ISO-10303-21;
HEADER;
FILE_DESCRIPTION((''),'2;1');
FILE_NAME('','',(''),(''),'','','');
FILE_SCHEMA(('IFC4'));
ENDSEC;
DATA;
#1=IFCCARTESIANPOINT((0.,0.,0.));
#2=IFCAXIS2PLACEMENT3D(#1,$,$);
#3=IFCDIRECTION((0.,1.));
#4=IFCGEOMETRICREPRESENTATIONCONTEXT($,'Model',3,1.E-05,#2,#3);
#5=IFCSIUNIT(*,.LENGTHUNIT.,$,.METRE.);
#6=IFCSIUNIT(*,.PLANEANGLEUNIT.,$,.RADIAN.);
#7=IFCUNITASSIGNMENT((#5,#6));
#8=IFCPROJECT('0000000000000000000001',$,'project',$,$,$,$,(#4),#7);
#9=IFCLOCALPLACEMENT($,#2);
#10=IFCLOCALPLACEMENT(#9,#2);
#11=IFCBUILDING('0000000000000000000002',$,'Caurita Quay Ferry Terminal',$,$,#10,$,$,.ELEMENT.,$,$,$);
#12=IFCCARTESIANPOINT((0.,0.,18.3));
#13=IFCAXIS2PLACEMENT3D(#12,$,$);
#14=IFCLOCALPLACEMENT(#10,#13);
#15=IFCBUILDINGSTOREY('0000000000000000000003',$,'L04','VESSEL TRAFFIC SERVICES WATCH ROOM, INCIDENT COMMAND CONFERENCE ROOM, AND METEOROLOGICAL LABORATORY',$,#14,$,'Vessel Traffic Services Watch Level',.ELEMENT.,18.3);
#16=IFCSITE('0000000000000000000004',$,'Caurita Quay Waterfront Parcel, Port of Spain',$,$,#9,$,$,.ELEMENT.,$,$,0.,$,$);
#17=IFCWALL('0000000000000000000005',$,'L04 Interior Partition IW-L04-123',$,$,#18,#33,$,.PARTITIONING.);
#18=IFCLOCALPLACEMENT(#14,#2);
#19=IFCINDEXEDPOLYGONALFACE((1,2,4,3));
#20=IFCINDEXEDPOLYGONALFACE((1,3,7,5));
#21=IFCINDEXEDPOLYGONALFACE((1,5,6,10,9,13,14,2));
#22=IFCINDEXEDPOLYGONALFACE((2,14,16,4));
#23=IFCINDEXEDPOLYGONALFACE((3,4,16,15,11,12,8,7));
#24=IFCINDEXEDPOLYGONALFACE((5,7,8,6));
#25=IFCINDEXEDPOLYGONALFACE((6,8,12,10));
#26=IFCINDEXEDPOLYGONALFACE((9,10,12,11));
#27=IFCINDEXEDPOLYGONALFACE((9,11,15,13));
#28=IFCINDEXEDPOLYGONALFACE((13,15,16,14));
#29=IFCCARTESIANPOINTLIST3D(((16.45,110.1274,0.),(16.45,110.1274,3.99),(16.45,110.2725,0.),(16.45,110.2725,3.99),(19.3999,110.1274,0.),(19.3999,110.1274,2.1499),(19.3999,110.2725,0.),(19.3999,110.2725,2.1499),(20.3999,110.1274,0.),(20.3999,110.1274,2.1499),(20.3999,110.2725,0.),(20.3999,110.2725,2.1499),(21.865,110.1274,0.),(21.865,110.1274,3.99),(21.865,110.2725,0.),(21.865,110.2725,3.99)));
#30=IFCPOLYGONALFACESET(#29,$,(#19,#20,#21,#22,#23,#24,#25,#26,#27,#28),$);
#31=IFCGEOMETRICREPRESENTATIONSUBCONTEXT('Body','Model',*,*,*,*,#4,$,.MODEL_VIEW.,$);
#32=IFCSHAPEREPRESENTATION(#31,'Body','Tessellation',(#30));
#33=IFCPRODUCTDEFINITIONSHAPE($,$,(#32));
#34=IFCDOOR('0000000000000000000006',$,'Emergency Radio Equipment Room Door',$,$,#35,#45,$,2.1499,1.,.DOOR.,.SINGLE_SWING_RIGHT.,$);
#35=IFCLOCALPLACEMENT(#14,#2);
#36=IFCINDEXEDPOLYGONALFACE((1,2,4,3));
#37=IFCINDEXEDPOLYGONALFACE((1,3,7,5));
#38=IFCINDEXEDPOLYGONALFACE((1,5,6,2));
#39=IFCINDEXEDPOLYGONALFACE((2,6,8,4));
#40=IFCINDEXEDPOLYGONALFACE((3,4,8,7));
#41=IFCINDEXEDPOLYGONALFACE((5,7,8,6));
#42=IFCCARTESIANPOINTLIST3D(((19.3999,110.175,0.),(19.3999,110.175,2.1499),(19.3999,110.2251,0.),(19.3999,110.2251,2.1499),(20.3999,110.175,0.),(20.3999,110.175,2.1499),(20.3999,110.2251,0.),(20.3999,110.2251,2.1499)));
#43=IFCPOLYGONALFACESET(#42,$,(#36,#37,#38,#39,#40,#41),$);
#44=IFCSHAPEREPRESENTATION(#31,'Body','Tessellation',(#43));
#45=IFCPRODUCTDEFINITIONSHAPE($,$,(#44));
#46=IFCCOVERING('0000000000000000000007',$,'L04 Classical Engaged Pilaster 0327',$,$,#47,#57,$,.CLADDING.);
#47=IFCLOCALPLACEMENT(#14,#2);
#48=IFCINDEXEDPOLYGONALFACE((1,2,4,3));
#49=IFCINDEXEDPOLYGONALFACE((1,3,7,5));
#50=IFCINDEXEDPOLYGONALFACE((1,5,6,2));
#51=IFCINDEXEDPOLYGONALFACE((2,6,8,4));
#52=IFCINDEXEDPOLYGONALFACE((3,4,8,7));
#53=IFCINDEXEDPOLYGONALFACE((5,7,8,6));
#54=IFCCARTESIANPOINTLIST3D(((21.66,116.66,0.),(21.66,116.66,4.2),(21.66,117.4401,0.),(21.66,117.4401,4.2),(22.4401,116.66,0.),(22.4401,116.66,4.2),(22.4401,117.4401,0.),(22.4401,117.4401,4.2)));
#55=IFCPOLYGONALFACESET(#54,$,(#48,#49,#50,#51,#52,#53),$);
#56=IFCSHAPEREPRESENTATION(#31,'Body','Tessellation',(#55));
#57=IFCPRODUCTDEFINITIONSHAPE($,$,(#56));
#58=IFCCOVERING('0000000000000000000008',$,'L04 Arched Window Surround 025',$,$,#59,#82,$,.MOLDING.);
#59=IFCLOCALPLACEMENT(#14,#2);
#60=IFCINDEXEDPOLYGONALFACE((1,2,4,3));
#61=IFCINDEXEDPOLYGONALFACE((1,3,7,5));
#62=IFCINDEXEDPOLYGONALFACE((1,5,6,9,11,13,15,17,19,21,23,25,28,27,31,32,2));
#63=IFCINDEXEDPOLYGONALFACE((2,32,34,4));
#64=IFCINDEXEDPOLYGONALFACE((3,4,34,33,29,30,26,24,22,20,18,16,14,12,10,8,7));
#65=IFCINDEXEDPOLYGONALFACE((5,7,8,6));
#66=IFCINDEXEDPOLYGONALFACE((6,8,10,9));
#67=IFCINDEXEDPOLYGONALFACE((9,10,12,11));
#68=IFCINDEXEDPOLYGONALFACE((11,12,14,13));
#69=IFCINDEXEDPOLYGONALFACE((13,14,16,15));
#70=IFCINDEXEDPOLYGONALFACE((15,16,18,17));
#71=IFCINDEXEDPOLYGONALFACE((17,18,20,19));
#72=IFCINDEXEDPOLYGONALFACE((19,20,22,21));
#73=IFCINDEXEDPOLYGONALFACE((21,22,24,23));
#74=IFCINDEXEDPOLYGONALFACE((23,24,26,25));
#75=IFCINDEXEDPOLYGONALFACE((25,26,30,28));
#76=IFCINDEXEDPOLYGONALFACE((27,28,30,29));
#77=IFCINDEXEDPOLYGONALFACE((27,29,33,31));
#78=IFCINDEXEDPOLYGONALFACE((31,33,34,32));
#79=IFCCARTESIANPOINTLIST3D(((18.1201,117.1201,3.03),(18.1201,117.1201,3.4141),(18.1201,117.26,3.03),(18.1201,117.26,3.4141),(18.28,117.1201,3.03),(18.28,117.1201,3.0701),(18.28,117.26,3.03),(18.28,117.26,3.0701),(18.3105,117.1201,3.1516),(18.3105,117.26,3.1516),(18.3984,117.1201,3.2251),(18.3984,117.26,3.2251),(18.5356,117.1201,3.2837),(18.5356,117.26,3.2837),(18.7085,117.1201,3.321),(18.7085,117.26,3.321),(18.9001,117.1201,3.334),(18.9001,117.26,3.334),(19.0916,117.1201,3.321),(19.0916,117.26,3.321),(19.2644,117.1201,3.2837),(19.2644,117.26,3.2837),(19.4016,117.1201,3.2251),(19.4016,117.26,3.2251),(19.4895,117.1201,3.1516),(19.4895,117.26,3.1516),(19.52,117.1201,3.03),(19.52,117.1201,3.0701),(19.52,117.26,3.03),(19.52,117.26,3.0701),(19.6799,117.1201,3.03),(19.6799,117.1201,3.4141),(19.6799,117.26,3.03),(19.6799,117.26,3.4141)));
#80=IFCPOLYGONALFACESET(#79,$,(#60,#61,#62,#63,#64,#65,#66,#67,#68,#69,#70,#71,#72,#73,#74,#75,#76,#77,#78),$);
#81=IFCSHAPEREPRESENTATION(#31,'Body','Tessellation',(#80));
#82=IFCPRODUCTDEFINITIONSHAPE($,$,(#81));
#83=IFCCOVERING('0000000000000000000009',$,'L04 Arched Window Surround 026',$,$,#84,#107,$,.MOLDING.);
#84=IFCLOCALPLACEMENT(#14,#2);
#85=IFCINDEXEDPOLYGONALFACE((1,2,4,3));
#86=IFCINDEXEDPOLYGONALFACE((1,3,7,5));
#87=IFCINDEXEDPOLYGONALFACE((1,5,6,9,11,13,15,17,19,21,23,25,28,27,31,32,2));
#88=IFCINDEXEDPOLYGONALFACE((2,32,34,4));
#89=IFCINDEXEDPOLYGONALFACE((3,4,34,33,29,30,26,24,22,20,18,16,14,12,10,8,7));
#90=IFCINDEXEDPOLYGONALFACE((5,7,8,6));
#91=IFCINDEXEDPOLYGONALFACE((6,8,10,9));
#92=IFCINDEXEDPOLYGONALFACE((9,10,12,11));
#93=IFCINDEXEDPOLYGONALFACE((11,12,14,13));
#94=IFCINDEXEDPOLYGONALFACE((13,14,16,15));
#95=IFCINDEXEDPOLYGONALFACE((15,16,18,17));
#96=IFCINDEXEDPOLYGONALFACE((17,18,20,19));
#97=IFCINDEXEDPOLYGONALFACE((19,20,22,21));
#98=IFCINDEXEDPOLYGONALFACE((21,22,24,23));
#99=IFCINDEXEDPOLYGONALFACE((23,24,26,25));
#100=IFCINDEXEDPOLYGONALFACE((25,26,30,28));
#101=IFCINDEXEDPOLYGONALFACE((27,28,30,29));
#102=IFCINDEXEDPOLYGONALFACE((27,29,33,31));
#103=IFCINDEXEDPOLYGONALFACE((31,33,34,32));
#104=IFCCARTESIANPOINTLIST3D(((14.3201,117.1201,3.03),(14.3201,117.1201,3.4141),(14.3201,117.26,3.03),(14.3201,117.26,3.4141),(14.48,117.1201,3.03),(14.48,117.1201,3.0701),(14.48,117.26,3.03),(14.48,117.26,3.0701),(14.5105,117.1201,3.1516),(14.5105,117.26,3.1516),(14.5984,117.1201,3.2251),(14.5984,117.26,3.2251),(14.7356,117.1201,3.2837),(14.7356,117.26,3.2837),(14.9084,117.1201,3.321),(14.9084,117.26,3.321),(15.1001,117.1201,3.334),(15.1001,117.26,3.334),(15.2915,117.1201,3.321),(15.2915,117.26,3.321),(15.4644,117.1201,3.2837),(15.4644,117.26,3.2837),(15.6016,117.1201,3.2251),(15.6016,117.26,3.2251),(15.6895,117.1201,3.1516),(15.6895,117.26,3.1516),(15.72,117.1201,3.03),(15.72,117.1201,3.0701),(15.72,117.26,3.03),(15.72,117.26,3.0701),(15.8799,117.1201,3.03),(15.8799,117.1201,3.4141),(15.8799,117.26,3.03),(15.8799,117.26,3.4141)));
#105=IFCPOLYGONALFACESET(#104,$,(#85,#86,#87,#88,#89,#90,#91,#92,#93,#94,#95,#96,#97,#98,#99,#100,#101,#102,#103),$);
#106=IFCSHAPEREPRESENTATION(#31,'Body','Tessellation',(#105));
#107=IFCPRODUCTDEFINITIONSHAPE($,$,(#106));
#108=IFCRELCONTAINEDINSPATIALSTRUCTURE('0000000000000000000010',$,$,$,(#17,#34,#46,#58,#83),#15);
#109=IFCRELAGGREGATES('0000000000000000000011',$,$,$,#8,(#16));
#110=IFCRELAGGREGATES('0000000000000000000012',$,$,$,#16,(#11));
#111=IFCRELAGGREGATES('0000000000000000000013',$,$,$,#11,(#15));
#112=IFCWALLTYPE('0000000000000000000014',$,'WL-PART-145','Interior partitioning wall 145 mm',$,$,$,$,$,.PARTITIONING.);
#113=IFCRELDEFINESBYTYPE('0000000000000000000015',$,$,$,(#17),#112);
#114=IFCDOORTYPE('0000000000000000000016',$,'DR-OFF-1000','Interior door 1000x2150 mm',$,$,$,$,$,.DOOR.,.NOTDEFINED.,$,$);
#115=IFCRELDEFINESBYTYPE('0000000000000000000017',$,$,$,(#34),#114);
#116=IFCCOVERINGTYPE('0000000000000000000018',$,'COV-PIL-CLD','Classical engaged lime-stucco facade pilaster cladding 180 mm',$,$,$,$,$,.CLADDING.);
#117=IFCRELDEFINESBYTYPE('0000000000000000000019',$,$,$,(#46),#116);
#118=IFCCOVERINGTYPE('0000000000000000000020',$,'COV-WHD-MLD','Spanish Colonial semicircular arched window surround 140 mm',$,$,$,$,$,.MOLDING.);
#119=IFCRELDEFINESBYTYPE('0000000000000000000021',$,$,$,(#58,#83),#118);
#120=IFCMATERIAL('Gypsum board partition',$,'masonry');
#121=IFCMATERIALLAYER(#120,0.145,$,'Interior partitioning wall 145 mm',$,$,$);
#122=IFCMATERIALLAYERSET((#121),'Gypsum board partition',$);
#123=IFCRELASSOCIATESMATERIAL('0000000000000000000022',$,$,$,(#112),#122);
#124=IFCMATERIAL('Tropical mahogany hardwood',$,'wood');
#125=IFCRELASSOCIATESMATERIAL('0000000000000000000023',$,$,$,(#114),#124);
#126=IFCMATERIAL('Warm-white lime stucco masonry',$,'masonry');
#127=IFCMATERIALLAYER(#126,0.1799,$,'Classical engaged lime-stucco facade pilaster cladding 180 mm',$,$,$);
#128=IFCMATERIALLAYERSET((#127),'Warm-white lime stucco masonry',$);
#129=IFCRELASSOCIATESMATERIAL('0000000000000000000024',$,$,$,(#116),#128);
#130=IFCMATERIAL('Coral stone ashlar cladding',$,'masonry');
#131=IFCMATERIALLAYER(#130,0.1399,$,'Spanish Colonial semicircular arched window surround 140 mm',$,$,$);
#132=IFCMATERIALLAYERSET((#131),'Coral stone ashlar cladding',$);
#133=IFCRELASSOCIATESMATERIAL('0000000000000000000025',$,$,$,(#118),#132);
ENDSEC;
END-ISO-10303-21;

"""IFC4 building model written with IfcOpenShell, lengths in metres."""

from ifc_helpers import new_model, si_unit, direction, frame, frame_2d, origin, origin_2d, place, context, subcontext, project, spatial, polyline, rectangle, outline, extrude, material, layer, layer_set, type_object, element, fill, save


model = new_model("IFC4")

# Units and contexts
model_context = context("Model", 3, precision=1e-05, world=origin(), true_north=direction((0.0, 1.0)))
body_context = subcontext(model_context, "Body", "Model", "MODEL_VIEW")
ifc_project = project(units=[si_unit("LENGTHUNIT", "METRE"), si_unit("PLANEANGLEUNIT", "RADIAN")], contexts=[model_context])

# Site, building, storey
site_placement = place(None, origin())
site = spatial("IfcSite", under=ifc_project, at=site_placement, Name="Caurita Quay Waterfront Parcel, Port of Spain", CompositionType="ELEMENT", RefElevation=0.0)
building_placement = place(site_placement, origin())
building = spatial("IfcBuilding", under=site, at=building_placement, Name="Caurita Quay Ferry Terminal", CompositionType="ELEMENT")
storey_placement = place(building_placement, frame((0.0, 0.0, 18.3)))
storey = spatial("IfcBuildingStorey", under=building, at=storey_placement, Name="L04", Description="VESSEL TRAFFIC SERVICES WATCH ROOM, INCIDENT COMMAND CONFERENCE ROOM, AND METEOROLOGICAL LABORATORY", LongName="Vessel Traffic Services Watch Level", CompositionType="ELEMENT", Elevation=18.3)

# Shared definitions
ifc_material_1 = material(Name="Warm-white lime stucco masonry", Category="masonry")

# Wall, opening, door
ifc_material_2 = material(Name="Gypsum board partition", Category="masonry")
ifc_layer_1 = layer(ifc_material_2, 0.145, Name="Interior partitioning wall 145 mm")
ifc_layer_set_1 = layer_set([ifc_layer_1], Name="Gypsum board partition")
wall_type_1 = type_object("IfcWallType", Name="WL-PART-145", Description="Interior partitioning wall 145 mm", PredefinedType="PARTITIONING", material=ifc_layer_set_1)
wall_1_placement = place(storey_placement, frame((16.45, 110.2, 0.0), z_axis=(0.0, 0.0, 1.0), x_axis=(1.0, 0.0, 0.0)))
wall_1 = element("IfcWall", 1, at=wall_1_placement, inside=storey, type_object=wall_type_1, Name="L04 Interior Partition IW-L04-123", PredefinedType="PARTITIONING", context=body_context, shape_type="SweptSolid", body=[
    extrude(rectangle(XDim=5.415, YDim=0.145, at=frame_2d((2.7075, 0.0))), origin(), (0.0, 0.0, 1.0), 3.99),
])
opening_1_placement = place(wall_1_placement, frame((2.95, 0.0, 0.0)))
opening_1 = element("IfcOpeningElement", 2, at=opening_1_placement, cuts=wall_1, PredefinedType="OPENING", context=body_context, shape_type="SweptSolid", body=[
    extrude(rectangle(XDim=1.0, YDim=2.1499, at=frame_2d((0.5, 1.075))), frame((0.0, 0.0825, 0.0), z_axis=(0.0, -1.0, 0.0), x_axis=(1.0, 0.0, 0.0)), (0.0, 0.0, 1.0), 0.165),
])
ifc_material_3 = material(Name="Tropical mahogany hardwood", Category="wood")
door_type_1 = type_object("IfcDoorType", Name="DR-OFF-1000", Description="Interior door 1000x2150 mm", OperationType="NOTDEFINED", PredefinedType="DOOR", material=ifc_material_3)
door_1_placement = place(opening_1_placement, frame((1.0, 0.0, 0.0), z_axis=(0.0, 0.0, 1.0), x_axis=(-1.0, 0.0, 0.0)))
door_1 = element("IfcDoor", 3, at=door_1_placement, inside=storey, type_object=door_type_1, Name="Emergency Radio Equipment Room Door", OperationType="SINGLE_SWING_RIGHT", OverallHeight=2.1499, OverallWidth=1.0, PredefinedType="DOOR", context=body_context, shape_type="SweptSolid", body=[
    extrude(rectangle(XDim=1.0, YDim=2.1499, at=frame_2d((0.5, 1.075))), frame((0.0, 0.0249, 0.0), z_axis=(0.0, -1.0, 0.0), x_axis=(1.0, 0.0, 0.0)), (0.0, 0.0, 1.0), 0.05),
])
fill(opening_1, door_1)

# Coverings
ifc_layer_2 = layer(ifc_material_1, 0.1799, Name="Classical engaged lime-stucco facade pilaster cladding 180 mm")
ifc_layer_set_2 = layer_set([ifc_layer_2], Name="Warm-white lime stucco masonry")
covering_type_1 = type_object("IfcCoveringType", Name="COV-PIL-CLD", Description="Classical engaged lime-stucco facade pilaster cladding 180 mm", PredefinedType="CLADDING", material=ifc_layer_set_2)
covering_placement = place(storey_placement, frame((22.05, 117.05, 0.0), z_axis=(0.0, 0.0, 1.0), x_axis=(1.0, 0.0, 0.0)))
element("IfcCovering", 4, at=covering_placement, inside=storey, type_object=covering_type_1, Name="L04 Classical Engaged Pilaster 0327", PredefinedType="CLADDING", context=body_context, shape_type="SweptSolid", body=[
    extrude(rectangle(XDim=0.78, YDim=0.78, at=origin_2d()), origin(), (0.0, 0.0, 1.0), 4.2),
])
ifc_material_4 = material(Name="Coral stone ashlar cladding", Category="masonry")
ifc_layer_3 = layer(ifc_material_4, 0.1399, Name="Spanish Colonial semicircular arched window surround 140 mm")
ifc_layer_set_3 = layer_set([ifc_layer_3], Name="Coral stone ashlar cladding")
covering_type_2 = type_object("IfcCoveringType", Name="COV-WHD-MLD", Description="Spanish Colonial semicircular arched window surround 140 mm", PredefinedType="MOLDING", material=ifc_layer_set_3)
for number, where, z_axis, x_axis, name in (
    (5, (19.6799, 117.1899, 3.03), (0.0, 0.0, 1.0), (-1.0, 0.0, 0.0), "L04 Arched Window Surround 025"),
    (6, (15.8799, 117.1899, 3.03), (0.0, 0.0, 1.0), (-1.0, 0.0, 0.0), "L04 Arched Window Surround 026"),
):
    element("IfcCovering", number, at=place(storey_placement, frame(where, z_axis=z_axis, x_axis=x_axis)), inside=storey, type_object=covering_type_2, Name=name, PredefinedType="MOLDING", context=body_context, shape_type="SweptSolid", body=[
        extrude(outline(polyline([(0.0, 0.0), (0.1599, 0.0), (0.1599, 0.04), (0.1904, 0.1216), (0.2783, 0.1951), (0.4155, 0.2537), (0.5884, 0.291), (0.7798, 0.304), (0.9714, 0.291), (1.1443, 0.2537), (1.2815, 0.1951), (1.3694, 0.1216), (1.3999, 0.04), (1.3999, 0.0), (1.5598, 0.0), (1.5598, 0.384), (0.0, 0.384), (0.0, 0.0)])), frame((0.0, 0.0698, 0.0), z_axis=(0.0, -1.0, 0.0), x_axis=(1.0, 0.0, 0.0)), (0.0, 0.0, 1.0), 0.1399),
    ])

save(model, "model.ifc")
